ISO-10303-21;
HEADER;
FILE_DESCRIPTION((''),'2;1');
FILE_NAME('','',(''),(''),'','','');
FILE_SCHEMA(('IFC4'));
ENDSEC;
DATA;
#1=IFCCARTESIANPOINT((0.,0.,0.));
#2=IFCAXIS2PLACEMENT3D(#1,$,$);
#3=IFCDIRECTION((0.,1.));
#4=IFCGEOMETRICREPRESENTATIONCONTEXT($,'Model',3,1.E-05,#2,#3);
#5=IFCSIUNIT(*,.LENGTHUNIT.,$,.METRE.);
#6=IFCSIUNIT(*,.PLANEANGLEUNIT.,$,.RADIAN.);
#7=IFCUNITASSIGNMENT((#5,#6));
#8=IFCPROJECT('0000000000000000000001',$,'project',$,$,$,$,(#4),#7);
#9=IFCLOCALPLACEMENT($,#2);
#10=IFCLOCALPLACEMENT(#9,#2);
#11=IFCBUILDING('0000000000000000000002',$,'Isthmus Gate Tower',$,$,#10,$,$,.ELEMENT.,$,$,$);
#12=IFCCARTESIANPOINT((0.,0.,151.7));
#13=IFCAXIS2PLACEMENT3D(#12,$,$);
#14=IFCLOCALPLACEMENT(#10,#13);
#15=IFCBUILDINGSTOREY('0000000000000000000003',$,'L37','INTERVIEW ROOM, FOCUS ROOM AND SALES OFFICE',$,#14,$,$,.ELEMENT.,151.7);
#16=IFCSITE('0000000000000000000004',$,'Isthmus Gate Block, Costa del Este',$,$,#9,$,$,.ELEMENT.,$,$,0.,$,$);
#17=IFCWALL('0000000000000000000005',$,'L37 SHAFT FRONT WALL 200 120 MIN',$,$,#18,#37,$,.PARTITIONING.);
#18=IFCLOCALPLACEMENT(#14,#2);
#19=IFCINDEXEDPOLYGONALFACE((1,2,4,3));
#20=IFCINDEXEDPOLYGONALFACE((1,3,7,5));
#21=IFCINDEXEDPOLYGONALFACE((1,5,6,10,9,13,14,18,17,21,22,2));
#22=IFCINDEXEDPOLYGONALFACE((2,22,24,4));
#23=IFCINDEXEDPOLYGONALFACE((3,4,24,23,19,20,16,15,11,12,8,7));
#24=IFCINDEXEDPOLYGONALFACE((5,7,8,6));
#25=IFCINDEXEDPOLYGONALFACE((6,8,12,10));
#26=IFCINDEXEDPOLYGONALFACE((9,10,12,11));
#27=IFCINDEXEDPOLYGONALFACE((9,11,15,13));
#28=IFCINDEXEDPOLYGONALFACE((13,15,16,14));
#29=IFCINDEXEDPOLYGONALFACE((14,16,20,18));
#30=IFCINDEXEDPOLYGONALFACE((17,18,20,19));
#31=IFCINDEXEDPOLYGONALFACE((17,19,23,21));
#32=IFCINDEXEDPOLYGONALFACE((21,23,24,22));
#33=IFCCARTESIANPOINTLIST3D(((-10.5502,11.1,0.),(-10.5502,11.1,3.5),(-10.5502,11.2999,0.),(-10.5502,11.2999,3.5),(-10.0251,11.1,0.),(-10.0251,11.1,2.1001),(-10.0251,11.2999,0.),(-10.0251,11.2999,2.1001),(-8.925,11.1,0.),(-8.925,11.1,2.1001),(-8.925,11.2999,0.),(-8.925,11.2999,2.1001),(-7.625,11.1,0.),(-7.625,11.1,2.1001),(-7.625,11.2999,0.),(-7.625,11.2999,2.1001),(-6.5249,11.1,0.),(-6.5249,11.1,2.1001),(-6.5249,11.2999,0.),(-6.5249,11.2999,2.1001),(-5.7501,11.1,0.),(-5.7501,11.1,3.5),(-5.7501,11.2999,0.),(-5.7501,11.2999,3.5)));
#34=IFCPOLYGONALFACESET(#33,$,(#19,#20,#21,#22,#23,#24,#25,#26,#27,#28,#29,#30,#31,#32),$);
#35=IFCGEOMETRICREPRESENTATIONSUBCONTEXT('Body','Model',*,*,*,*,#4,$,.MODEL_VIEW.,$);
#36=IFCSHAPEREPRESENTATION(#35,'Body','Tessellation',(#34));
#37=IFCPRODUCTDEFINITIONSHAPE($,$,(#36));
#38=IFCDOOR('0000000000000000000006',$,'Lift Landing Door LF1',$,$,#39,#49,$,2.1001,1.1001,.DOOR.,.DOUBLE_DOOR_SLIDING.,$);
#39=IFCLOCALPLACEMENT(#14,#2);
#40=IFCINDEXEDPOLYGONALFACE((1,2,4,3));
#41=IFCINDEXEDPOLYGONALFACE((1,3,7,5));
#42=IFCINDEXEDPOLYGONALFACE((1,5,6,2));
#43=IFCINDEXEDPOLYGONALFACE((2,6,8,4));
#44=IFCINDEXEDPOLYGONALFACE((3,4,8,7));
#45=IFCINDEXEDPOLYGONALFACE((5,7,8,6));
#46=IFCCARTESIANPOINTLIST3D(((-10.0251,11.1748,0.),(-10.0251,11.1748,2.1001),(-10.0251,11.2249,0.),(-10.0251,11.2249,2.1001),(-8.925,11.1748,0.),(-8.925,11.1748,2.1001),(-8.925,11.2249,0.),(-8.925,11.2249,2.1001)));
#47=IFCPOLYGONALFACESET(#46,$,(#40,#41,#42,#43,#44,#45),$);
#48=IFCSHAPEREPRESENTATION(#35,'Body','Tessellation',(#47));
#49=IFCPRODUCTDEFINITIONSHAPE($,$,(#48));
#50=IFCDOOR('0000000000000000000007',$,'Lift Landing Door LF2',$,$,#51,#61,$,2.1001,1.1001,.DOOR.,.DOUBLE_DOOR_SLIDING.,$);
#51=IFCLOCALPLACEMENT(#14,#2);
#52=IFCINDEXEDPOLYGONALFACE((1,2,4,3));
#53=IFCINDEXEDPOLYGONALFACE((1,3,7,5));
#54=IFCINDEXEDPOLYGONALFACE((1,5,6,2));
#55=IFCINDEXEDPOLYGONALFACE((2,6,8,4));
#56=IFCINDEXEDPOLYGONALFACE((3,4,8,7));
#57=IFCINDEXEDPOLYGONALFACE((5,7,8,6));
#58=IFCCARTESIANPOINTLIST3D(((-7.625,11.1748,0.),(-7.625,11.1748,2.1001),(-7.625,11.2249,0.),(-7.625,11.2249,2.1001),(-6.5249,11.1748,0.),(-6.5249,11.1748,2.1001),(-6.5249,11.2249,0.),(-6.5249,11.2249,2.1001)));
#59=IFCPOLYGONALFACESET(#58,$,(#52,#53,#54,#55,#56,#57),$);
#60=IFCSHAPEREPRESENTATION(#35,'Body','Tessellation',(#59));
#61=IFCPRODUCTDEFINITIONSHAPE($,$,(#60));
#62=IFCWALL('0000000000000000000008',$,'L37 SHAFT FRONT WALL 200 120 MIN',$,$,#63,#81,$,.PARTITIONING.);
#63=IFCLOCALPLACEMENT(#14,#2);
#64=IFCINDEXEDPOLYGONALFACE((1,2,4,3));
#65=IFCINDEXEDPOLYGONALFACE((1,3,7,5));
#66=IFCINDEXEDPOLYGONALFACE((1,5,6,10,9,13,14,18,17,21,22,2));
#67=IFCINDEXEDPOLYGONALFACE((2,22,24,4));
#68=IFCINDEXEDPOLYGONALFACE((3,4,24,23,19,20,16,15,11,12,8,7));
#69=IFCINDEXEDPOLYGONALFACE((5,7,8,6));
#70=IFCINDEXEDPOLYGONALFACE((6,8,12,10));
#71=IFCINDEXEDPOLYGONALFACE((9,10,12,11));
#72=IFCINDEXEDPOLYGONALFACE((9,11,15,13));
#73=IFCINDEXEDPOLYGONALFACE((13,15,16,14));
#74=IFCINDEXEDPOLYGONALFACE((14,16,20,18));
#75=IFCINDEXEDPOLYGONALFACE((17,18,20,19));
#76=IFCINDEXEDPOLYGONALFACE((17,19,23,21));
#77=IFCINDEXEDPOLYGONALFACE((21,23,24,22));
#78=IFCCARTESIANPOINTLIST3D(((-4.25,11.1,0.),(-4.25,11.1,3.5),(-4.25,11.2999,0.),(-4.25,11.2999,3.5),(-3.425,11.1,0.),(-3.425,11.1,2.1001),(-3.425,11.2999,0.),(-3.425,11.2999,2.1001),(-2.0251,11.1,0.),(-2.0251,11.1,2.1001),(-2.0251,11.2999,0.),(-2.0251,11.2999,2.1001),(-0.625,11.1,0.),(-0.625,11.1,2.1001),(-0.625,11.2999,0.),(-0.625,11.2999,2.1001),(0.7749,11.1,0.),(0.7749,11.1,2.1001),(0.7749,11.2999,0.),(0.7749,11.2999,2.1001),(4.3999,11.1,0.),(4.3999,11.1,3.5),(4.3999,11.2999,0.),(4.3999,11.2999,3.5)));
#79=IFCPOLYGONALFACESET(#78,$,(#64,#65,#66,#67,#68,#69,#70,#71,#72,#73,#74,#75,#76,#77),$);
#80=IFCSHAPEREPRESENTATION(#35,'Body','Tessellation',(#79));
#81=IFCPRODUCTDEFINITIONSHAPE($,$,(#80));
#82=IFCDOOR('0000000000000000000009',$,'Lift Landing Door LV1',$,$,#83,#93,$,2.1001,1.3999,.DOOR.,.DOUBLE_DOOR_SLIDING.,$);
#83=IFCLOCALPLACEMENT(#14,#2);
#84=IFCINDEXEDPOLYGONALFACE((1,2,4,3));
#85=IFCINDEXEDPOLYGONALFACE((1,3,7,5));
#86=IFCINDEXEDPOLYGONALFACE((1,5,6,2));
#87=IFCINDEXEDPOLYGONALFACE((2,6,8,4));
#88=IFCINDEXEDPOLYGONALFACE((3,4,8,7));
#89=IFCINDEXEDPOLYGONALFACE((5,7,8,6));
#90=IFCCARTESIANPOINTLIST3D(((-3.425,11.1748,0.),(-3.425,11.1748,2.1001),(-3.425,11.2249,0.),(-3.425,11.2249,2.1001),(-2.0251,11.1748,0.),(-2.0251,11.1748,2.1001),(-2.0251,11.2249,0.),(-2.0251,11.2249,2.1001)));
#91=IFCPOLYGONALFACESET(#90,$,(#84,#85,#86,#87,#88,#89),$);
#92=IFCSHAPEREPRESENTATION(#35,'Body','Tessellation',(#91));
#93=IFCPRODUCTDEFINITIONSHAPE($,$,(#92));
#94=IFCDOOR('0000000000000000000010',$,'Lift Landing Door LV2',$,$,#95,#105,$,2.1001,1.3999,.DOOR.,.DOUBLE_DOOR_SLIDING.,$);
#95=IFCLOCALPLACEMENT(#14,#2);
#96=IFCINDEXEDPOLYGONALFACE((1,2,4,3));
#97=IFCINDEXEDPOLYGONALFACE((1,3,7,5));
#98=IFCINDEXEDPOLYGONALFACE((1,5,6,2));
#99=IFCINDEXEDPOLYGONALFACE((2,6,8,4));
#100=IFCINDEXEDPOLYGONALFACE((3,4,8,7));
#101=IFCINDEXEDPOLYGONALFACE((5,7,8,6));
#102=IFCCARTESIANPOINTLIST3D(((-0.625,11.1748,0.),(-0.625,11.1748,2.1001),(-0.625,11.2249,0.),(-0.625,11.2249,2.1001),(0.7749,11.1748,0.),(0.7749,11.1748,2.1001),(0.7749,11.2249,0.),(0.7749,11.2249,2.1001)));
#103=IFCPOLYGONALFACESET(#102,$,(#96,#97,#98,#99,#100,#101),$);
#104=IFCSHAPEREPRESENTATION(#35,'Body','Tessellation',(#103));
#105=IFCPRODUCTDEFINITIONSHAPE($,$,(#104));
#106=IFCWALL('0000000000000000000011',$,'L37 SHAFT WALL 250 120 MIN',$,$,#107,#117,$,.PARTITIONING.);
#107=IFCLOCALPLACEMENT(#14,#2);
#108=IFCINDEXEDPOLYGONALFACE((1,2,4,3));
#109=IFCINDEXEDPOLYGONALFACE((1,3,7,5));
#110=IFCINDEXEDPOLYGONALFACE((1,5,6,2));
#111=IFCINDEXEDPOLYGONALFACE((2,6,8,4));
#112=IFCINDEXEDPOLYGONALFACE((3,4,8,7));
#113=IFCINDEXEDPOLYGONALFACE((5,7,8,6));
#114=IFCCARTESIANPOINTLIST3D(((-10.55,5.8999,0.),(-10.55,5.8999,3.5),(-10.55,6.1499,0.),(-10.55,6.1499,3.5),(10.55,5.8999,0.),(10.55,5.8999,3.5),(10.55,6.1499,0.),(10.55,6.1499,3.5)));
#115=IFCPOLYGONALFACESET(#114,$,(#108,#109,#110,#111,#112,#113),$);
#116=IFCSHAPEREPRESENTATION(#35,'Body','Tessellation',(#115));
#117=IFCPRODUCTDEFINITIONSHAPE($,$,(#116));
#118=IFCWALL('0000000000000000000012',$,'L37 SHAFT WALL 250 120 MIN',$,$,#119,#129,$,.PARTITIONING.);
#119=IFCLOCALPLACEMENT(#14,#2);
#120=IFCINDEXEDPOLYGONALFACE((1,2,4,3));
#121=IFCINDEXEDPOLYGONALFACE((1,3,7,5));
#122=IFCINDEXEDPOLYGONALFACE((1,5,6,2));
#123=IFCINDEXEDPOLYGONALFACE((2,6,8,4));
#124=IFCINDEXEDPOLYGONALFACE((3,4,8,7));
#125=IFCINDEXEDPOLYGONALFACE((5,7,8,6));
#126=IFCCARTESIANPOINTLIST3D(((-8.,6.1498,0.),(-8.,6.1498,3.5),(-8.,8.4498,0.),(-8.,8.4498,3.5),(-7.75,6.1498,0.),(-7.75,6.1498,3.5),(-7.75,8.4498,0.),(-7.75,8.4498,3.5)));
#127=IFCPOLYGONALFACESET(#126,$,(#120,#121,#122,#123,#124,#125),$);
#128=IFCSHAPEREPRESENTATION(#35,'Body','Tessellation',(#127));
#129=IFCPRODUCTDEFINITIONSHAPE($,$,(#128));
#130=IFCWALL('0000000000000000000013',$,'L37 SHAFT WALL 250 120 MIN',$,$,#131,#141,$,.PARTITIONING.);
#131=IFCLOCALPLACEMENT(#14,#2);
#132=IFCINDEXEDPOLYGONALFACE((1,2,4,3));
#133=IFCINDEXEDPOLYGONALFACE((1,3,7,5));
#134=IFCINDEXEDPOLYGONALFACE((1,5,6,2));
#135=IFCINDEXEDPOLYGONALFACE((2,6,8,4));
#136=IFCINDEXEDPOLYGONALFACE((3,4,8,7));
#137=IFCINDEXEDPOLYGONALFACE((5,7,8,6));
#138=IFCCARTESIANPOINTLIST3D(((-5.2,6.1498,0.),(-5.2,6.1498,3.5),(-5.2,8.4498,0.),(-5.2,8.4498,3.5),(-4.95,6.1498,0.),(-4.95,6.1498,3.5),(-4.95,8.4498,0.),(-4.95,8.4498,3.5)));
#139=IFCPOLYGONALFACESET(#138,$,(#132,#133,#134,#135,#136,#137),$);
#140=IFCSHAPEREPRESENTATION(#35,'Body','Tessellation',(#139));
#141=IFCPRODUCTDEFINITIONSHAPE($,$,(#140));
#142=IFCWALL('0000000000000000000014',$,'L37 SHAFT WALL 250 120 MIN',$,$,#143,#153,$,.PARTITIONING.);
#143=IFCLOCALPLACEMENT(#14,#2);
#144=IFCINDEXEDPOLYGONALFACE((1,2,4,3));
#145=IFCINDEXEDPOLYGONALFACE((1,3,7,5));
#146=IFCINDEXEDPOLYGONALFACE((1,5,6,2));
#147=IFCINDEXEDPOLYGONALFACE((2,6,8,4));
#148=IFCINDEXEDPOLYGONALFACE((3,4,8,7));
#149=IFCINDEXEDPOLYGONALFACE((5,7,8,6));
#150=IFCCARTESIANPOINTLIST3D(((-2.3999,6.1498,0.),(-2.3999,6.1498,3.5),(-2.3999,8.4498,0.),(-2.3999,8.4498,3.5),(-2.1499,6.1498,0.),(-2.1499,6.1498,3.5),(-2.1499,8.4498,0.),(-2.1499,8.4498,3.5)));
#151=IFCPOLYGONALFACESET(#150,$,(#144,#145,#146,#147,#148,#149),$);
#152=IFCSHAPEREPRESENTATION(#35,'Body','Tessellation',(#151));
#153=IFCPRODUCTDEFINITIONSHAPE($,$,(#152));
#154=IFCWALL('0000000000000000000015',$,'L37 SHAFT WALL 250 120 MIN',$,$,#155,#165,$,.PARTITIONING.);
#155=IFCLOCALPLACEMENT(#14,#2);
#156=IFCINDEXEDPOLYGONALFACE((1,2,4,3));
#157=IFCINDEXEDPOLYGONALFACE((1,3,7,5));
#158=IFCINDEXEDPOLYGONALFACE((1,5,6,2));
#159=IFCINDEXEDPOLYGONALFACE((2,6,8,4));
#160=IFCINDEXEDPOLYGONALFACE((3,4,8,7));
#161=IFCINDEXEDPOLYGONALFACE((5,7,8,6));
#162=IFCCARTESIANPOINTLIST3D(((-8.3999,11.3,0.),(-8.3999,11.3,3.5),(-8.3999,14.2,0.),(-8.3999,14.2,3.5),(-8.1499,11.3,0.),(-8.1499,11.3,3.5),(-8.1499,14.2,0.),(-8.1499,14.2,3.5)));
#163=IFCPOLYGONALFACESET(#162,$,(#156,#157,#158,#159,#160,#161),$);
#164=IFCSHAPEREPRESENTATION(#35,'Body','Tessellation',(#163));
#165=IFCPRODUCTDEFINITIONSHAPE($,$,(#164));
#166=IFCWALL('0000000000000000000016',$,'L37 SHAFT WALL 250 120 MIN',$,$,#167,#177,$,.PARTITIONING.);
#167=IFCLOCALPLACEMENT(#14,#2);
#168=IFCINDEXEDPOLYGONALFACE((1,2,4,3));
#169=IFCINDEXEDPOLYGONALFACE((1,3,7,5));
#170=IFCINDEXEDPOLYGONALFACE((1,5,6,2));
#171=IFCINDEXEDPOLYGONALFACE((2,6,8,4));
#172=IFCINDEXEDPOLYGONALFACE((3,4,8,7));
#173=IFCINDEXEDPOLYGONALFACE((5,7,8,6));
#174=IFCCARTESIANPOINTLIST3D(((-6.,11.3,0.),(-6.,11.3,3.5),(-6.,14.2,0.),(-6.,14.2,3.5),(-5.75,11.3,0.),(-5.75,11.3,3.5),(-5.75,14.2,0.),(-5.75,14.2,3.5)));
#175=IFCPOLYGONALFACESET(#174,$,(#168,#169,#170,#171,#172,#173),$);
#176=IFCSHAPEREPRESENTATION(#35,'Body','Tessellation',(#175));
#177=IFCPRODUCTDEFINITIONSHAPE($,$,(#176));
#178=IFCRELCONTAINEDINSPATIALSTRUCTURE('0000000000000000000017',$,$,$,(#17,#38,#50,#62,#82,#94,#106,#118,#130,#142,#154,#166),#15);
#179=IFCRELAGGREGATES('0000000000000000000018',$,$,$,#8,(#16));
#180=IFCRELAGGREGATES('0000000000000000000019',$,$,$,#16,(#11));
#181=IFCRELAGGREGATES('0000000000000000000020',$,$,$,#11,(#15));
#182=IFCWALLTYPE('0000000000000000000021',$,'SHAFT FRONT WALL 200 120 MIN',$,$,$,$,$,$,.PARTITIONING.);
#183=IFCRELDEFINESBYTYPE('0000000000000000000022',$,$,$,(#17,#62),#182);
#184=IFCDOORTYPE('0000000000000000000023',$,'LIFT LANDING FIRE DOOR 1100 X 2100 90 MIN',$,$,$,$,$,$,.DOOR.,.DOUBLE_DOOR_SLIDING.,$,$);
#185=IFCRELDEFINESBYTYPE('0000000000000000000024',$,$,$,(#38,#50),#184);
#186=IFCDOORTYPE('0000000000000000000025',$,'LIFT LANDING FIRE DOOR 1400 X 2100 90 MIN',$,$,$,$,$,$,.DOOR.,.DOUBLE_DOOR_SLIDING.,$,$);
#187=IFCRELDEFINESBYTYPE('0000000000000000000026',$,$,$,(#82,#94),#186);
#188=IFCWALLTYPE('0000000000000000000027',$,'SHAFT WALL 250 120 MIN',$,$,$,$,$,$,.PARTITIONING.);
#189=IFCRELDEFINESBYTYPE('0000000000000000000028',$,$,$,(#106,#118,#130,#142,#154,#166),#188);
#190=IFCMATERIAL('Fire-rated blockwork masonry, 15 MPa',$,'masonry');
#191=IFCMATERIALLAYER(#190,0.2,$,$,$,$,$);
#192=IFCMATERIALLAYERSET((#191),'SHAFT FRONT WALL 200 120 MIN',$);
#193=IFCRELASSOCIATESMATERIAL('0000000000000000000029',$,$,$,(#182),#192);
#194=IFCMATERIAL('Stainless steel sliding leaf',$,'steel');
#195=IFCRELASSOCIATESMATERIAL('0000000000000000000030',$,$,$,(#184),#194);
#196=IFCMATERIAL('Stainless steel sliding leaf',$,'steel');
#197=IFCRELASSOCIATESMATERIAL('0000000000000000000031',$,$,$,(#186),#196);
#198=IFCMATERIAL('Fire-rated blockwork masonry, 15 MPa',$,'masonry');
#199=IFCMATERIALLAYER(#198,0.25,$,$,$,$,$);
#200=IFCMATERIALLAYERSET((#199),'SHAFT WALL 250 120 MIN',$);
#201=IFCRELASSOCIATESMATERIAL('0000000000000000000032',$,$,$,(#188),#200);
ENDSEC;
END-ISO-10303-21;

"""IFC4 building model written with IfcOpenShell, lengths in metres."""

from ifc_helpers import new_model, si_unit, direction, frame, frame_2d, origin, place, context, subcontext, project, spatial, rectangle, extrude, material, layer, layer_set, type_object, element, fill, save


model = new_model("IFC4")

# Units and contexts
model_context = context("Model", 3, precision=1e-05, world=origin(), true_north=direction((0.0, 1.0)))
body_context = subcontext(model_context, "Body", "Model", "MODEL_VIEW")
ifc_project = project(units=[si_unit("LENGTHUNIT", "METRE"), si_unit("PLANEANGLEUNIT", "RADIAN")], contexts=[model_context])

# Site, building, storey
site_placement = place(None, origin())
site = spatial("IfcSite", under=ifc_project, at=site_placement, Name="Isthmus Gate Block, Costa del Este", CompositionType="ELEMENT", RefElevation=0.0)
building_placement = place(site_placement, origin())
building = spatial("IfcBuilding", under=site, at=building_placement, Name="Isthmus Gate Tower", CompositionType="ELEMENT")
storey_placement = place(building_placement, frame((0.0, 0.0, 151.7)))
storey = spatial("IfcBuildingStorey", under=building, at=storey_placement, Name="L37", Description="INTERVIEW ROOM, FOCUS ROOM AND SALES OFFICE", CompositionType="ELEMENT", Elevation=151.7)

# Walls, openings, doors
ifc_material_1 = material(Name="Fire-rated blockwork masonry, 15 MPa", Category="masonry")
ifc_layer_1 = layer(ifc_material_1, 0.2)
ifc_layer_set_1 = layer_set([ifc_layer_1], Name="SHAFT FRONT WALL 200 120 MIN")
wall_type_1 = type_object("IfcWallType", Name="SHAFT FRONT WALL 200 120 MIN", PredefinedType="PARTITIONING", material=ifc_layer_set_1)
wall_1_placement = place(storey_placement, frame((-10.55, 11.2, 0.0), z_axis=(0.0, 0.0, 1.0), x_axis=(1.0, 0.0, 0.0)))
wall_1 = element("IfcWall", 1, at=wall_1_placement, inside=storey, type_object=wall_type_1, Name="L37 SHAFT FRONT WALL 200 120 MIN", PredefinedType="PARTITIONING", context=body_context, shape_type="SweptSolid", body=[
    extrude(rectangle(XDim=4.8, YDim=0.2, at=frame_2d((2.3999, 0.0))), origin(), (0.0, 0.0, 1.0), 3.5),
])
opening_1_placement = place(wall_1_placement, frame((0.5249, 0.0, 0.0)))
opening_1 = element("IfcOpeningElement", 2, at=opening_1_placement, cuts=wall_1, PredefinedType="OPENING", context=body_context, shape_type="SweptSolid", body=[
    extrude(rectangle(XDim=1.1001, YDim=2.1001, at=frame_2d((0.55, 1.05))), frame((0.0, 0.1099, 0.0), z_axis=(0.0, -1.0, 0.0), x_axis=(1.0, 0.0, 0.0)), (0.0, 0.0, 1.0), 0.22),
])
opening_2_placement = place(wall_1_placement, frame((2.925, 0.0, 0.0)))
opening_2 = element("IfcOpeningElement", 3, at=opening_2_placement, cuts=wall_1, PredefinedType="OPENING", context=body_context, shape_type="SweptSolid", body=[
    extrude(rectangle(XDim=1.1001, YDim=2.1001, at=frame_2d((0.55, 1.05))), frame((0.0, 0.1099, 0.0), z_axis=(0.0, -1.0, 0.0), x_axis=(1.0, 0.0, 0.0)), (0.0, 0.0, 1.0), 0.22),
])
ifc_material_2 = material(Name="Stainless steel sliding leaf", Category="steel")
door_type_1 = type_object("IfcDoorType", Name="LIFT LANDING FIRE DOOR 1100 X 2100 90 MIN", OperationType="DOUBLE_DOOR_SLIDING", PredefinedType="DOOR", material=ifc_material_2)
door_1_placement = place(opening_1_placement, origin())
door_1 = element("IfcDoor", 4, at=door_1_placement, inside=storey, type_object=door_type_1, Name="Lift Landing Door LF1", OperationType="DOUBLE_DOOR_SLIDING", OverallHeight=2.1001, OverallWidth=1.1001, PredefinedType="DOOR", context=body_context, shape_type="SweptSolid", body=[
    extrude(rectangle(XDim=1.1001, YDim=2.1001, at=frame_2d((0.55, 1.05))), frame((0.0, 0.0249, 0.0), z_axis=(0.0, -1.0, 0.0), x_axis=(1.0, 0.0, 0.0)), (0.0, 0.0, 1.0), 0.05),
])
fill(opening_1, door_1)
door_2_placement = place(opening_2_placement, origin())
door_2 = element("IfcDoor", 5, at=door_2_placement, inside=storey, type_object=door_type_1, Name="Lift Landing Door LF2", OperationType="DOUBLE_DOOR_SLIDING", OverallHeight=2.1001, OverallWidth=1.1001, PredefinedType="DOOR", context=body_context, shape_type="SweptSolid", body=[
    extrude(rectangle(XDim=1.1001, YDim=2.1001, at=frame_2d((0.55, 1.05))), frame((0.0, 0.0249, 0.0), z_axis=(0.0, -1.0, 0.0), x_axis=(1.0, 0.0, 0.0)), (0.0, 0.0, 1.0), 0.05),
])
fill(opening_2, door_2)
wall_2_placement = place(storey_placement, frame((-4.25, 11.2, 0.0), z_axis=(0.0, 0.0, 1.0), x_axis=(1.0, 0.0, 0.0)))
wall_2 = element("IfcWall", 6, at=wall_2_placement, inside=storey, type_object=wall_type_1, Name="L37 SHAFT FRONT WALL 200 120 MIN", PredefinedType="PARTITIONING", context=body_context, shape_type="SweptSolid", body=[
    extrude(rectangle(XDim=8.6499, YDim=0.2, at=frame_2d((4.325, 0.0))), origin(), (0.0, 0.0, 1.0), 3.5),
])
opening_3_placement = place(wall_2_placement, frame((0.825, 0.0, 0.0)))
opening_3 = element("IfcOpeningElement", 7, at=opening_3_placement, cuts=wall_2, PredefinedType="OPENING", context=body_context, shape_type="SweptSolid", body=[
    extrude(rectangle(XDim=1.3999, YDim=2.1001, at=frame_2d((0.7, 1.05))), frame((0.0, 0.1099, 0.0), z_axis=(0.0, -1.0, 0.0), x_axis=(1.0, 0.0, 0.0)), (0.0, 0.0, 1.0), 0.22),
])
opening_4_placement = place(wall_2_placement, frame((3.625, 0.0, 0.0)))
opening_4 = element("IfcOpeningElement", 8, at=opening_4_placement, cuts=wall_2, PredefinedType="OPENING", context=body_context, shape_type="SweptSolid", body=[
    extrude(rectangle(XDim=1.3999, YDim=2.1001, at=frame_2d((0.7, 1.05))), frame((0.0, 0.1099, 0.0), z_axis=(0.0, -1.0, 0.0), x_axis=(1.0, 0.0, 0.0)), (0.0, 0.0, 1.0), 0.22),
])
ifc_material_3 = material(Name="Stainless steel sliding leaf", Category="steel")
door_type_2 = type_object("IfcDoorType", Name="LIFT LANDING FIRE DOOR 1400 X 2100 90 MIN", OperationType="DOUBLE_DOOR_SLIDING", PredefinedType="DOOR", material=ifc_material_3)
door_3_placement = place(opening_3_placement, origin())
door_3 = element("IfcDoor", 9, at=door_3_placement, inside=storey, type_object=door_type_2, Name="Lift Landing Door LV1", OperationType="DOUBLE_DOOR_SLIDING", OverallHeight=2.1001, OverallWidth=1.3999, PredefinedType="DOOR", context=body_context, shape_type="SweptSolid", body=[
    extrude(rectangle(XDim=1.3999, YDim=2.1001, at=frame_2d((0.7, 1.05))), frame((0.0, 0.0249, 0.0), z_axis=(0.0, -1.0, 0.0), x_axis=(1.0, 0.0, 0.0)), (0.0, 0.0, 1.0), 0.05),
])
fill(opening_3, door_3)
door_4_placement = place(opening_4_placement, origin())
door_4 = element("IfcDoor", 10, at=door_4_placement, inside=storey, type_object=door_type_2, Name="Lift Landing Door LV2", OperationType="DOUBLE_DOOR_SLIDING", OverallHeight=2.1001, OverallWidth=1.3999, PredefinedType="DOOR", context=body_context, shape_type="SweptSolid", body=[
    extrude(rectangle(XDim=1.3999, YDim=2.1001, at=frame_2d((0.7, 1.05))), frame((0.0, 0.0249, 0.0), z_axis=(0.0, -1.0, 0.0), x_axis=(1.0, 0.0, 0.0)), (0.0, 0.0, 1.0), 0.05),
])
fill(opening_4, door_4)

# Walls
ifc_material_4 = material(Name="Fire-rated blockwork masonry, 15 MPa", Category="masonry")
ifc_layer_2 = layer(ifc_material_4, 0.25)
ifc_layer_set_2 = layer_set([ifc_layer_2], Name="SHAFT WALL 250 120 MIN")
wall_type_2 = type_object("IfcWallType", Name="SHAFT WALL 250 120 MIN", PredefinedType="PARTITIONING", material=ifc_layer_set_2)
wall_3_placement = place(storey_placement, frame((-10.55, 6.0249, 0.0), z_axis=(0.0, 0.0, 1.0), x_axis=(1.0, 0.0, 0.0)))
element("IfcWall", 11, at=wall_3_placement, inside=storey, type_object=wall_type_2, Name="L37 SHAFT WALL 250 120 MIN", PredefinedType="PARTITIONING", context=body_context, shape_type="SweptSolid", body=[
    extrude(rectangle(XDim=21.1001, YDim=0.25, at=frame_2d((10.55, 0.0))), origin(), (0.0, 0.0, 1.0), 3.5),
])
for number, where, z_axis, x_axis, name in (
    (12, (-7.875, 6.1499, 0.0), (0.0, 0.0, 1.0), (0.0, 1.0, 0.0), "L37 SHAFT WALL 250 120 MIN"),
    (13, (-5.075, 6.1499, 0.0), (0.0, 0.0, 1.0), (0.0, 1.0, 0.0), "L37 SHAFT WALL 250 120 MIN"),
    (14, (-2.2749, 6.1499, 0.0), (0.0, 0.0, 1.0), (0.0, 1.0, 0.0), "L37 SHAFT WALL 250 120 MIN"),
):
    element("IfcWall", number, at=place(storey_placement, frame(where, z_axis=z_axis, x_axis=x_axis)), inside=storey, type_object=wall_type_2, Name=name, PredefinedType="PARTITIONING", context=body_context, shape_type="SweptSolid", body=[
        extrude(rectangle(XDim=2.3, YDim=0.25, at=frame_2d((1.1499, 0.0))), origin(), (0.0, 0.0, 1.0), 3.5),
    ])
for number, where, z_axis, x_axis, name in (
    (15, (-8.2749, 11.3, 0.0), (0.0, 0.0, 1.0), (0.0, 1.0, 0.0), "L37 SHAFT WALL 250 120 MIN"),
    (16, (-5.875, 11.3, 0.0), (0.0, 0.0, 1.0), (0.0, 1.0, 0.0), "L37 SHAFT WALL 250 120 MIN"),
):
    element("IfcWall", number, at=place(storey_placement, frame(where, z_axis=z_axis, x_axis=x_axis)), inside=storey, type_object=wall_type_2, Name=name, PredefinedType="PARTITIONING", context=body_context, shape_type="SweptSolid", body=[
        extrude(rectangle(XDim=2.8999, YDim=0.25, at=frame_2d((1.45, 0.0))), origin(), (0.0, 0.0, 1.0), 3.5),
    ])

save(model, "model.ifc")
